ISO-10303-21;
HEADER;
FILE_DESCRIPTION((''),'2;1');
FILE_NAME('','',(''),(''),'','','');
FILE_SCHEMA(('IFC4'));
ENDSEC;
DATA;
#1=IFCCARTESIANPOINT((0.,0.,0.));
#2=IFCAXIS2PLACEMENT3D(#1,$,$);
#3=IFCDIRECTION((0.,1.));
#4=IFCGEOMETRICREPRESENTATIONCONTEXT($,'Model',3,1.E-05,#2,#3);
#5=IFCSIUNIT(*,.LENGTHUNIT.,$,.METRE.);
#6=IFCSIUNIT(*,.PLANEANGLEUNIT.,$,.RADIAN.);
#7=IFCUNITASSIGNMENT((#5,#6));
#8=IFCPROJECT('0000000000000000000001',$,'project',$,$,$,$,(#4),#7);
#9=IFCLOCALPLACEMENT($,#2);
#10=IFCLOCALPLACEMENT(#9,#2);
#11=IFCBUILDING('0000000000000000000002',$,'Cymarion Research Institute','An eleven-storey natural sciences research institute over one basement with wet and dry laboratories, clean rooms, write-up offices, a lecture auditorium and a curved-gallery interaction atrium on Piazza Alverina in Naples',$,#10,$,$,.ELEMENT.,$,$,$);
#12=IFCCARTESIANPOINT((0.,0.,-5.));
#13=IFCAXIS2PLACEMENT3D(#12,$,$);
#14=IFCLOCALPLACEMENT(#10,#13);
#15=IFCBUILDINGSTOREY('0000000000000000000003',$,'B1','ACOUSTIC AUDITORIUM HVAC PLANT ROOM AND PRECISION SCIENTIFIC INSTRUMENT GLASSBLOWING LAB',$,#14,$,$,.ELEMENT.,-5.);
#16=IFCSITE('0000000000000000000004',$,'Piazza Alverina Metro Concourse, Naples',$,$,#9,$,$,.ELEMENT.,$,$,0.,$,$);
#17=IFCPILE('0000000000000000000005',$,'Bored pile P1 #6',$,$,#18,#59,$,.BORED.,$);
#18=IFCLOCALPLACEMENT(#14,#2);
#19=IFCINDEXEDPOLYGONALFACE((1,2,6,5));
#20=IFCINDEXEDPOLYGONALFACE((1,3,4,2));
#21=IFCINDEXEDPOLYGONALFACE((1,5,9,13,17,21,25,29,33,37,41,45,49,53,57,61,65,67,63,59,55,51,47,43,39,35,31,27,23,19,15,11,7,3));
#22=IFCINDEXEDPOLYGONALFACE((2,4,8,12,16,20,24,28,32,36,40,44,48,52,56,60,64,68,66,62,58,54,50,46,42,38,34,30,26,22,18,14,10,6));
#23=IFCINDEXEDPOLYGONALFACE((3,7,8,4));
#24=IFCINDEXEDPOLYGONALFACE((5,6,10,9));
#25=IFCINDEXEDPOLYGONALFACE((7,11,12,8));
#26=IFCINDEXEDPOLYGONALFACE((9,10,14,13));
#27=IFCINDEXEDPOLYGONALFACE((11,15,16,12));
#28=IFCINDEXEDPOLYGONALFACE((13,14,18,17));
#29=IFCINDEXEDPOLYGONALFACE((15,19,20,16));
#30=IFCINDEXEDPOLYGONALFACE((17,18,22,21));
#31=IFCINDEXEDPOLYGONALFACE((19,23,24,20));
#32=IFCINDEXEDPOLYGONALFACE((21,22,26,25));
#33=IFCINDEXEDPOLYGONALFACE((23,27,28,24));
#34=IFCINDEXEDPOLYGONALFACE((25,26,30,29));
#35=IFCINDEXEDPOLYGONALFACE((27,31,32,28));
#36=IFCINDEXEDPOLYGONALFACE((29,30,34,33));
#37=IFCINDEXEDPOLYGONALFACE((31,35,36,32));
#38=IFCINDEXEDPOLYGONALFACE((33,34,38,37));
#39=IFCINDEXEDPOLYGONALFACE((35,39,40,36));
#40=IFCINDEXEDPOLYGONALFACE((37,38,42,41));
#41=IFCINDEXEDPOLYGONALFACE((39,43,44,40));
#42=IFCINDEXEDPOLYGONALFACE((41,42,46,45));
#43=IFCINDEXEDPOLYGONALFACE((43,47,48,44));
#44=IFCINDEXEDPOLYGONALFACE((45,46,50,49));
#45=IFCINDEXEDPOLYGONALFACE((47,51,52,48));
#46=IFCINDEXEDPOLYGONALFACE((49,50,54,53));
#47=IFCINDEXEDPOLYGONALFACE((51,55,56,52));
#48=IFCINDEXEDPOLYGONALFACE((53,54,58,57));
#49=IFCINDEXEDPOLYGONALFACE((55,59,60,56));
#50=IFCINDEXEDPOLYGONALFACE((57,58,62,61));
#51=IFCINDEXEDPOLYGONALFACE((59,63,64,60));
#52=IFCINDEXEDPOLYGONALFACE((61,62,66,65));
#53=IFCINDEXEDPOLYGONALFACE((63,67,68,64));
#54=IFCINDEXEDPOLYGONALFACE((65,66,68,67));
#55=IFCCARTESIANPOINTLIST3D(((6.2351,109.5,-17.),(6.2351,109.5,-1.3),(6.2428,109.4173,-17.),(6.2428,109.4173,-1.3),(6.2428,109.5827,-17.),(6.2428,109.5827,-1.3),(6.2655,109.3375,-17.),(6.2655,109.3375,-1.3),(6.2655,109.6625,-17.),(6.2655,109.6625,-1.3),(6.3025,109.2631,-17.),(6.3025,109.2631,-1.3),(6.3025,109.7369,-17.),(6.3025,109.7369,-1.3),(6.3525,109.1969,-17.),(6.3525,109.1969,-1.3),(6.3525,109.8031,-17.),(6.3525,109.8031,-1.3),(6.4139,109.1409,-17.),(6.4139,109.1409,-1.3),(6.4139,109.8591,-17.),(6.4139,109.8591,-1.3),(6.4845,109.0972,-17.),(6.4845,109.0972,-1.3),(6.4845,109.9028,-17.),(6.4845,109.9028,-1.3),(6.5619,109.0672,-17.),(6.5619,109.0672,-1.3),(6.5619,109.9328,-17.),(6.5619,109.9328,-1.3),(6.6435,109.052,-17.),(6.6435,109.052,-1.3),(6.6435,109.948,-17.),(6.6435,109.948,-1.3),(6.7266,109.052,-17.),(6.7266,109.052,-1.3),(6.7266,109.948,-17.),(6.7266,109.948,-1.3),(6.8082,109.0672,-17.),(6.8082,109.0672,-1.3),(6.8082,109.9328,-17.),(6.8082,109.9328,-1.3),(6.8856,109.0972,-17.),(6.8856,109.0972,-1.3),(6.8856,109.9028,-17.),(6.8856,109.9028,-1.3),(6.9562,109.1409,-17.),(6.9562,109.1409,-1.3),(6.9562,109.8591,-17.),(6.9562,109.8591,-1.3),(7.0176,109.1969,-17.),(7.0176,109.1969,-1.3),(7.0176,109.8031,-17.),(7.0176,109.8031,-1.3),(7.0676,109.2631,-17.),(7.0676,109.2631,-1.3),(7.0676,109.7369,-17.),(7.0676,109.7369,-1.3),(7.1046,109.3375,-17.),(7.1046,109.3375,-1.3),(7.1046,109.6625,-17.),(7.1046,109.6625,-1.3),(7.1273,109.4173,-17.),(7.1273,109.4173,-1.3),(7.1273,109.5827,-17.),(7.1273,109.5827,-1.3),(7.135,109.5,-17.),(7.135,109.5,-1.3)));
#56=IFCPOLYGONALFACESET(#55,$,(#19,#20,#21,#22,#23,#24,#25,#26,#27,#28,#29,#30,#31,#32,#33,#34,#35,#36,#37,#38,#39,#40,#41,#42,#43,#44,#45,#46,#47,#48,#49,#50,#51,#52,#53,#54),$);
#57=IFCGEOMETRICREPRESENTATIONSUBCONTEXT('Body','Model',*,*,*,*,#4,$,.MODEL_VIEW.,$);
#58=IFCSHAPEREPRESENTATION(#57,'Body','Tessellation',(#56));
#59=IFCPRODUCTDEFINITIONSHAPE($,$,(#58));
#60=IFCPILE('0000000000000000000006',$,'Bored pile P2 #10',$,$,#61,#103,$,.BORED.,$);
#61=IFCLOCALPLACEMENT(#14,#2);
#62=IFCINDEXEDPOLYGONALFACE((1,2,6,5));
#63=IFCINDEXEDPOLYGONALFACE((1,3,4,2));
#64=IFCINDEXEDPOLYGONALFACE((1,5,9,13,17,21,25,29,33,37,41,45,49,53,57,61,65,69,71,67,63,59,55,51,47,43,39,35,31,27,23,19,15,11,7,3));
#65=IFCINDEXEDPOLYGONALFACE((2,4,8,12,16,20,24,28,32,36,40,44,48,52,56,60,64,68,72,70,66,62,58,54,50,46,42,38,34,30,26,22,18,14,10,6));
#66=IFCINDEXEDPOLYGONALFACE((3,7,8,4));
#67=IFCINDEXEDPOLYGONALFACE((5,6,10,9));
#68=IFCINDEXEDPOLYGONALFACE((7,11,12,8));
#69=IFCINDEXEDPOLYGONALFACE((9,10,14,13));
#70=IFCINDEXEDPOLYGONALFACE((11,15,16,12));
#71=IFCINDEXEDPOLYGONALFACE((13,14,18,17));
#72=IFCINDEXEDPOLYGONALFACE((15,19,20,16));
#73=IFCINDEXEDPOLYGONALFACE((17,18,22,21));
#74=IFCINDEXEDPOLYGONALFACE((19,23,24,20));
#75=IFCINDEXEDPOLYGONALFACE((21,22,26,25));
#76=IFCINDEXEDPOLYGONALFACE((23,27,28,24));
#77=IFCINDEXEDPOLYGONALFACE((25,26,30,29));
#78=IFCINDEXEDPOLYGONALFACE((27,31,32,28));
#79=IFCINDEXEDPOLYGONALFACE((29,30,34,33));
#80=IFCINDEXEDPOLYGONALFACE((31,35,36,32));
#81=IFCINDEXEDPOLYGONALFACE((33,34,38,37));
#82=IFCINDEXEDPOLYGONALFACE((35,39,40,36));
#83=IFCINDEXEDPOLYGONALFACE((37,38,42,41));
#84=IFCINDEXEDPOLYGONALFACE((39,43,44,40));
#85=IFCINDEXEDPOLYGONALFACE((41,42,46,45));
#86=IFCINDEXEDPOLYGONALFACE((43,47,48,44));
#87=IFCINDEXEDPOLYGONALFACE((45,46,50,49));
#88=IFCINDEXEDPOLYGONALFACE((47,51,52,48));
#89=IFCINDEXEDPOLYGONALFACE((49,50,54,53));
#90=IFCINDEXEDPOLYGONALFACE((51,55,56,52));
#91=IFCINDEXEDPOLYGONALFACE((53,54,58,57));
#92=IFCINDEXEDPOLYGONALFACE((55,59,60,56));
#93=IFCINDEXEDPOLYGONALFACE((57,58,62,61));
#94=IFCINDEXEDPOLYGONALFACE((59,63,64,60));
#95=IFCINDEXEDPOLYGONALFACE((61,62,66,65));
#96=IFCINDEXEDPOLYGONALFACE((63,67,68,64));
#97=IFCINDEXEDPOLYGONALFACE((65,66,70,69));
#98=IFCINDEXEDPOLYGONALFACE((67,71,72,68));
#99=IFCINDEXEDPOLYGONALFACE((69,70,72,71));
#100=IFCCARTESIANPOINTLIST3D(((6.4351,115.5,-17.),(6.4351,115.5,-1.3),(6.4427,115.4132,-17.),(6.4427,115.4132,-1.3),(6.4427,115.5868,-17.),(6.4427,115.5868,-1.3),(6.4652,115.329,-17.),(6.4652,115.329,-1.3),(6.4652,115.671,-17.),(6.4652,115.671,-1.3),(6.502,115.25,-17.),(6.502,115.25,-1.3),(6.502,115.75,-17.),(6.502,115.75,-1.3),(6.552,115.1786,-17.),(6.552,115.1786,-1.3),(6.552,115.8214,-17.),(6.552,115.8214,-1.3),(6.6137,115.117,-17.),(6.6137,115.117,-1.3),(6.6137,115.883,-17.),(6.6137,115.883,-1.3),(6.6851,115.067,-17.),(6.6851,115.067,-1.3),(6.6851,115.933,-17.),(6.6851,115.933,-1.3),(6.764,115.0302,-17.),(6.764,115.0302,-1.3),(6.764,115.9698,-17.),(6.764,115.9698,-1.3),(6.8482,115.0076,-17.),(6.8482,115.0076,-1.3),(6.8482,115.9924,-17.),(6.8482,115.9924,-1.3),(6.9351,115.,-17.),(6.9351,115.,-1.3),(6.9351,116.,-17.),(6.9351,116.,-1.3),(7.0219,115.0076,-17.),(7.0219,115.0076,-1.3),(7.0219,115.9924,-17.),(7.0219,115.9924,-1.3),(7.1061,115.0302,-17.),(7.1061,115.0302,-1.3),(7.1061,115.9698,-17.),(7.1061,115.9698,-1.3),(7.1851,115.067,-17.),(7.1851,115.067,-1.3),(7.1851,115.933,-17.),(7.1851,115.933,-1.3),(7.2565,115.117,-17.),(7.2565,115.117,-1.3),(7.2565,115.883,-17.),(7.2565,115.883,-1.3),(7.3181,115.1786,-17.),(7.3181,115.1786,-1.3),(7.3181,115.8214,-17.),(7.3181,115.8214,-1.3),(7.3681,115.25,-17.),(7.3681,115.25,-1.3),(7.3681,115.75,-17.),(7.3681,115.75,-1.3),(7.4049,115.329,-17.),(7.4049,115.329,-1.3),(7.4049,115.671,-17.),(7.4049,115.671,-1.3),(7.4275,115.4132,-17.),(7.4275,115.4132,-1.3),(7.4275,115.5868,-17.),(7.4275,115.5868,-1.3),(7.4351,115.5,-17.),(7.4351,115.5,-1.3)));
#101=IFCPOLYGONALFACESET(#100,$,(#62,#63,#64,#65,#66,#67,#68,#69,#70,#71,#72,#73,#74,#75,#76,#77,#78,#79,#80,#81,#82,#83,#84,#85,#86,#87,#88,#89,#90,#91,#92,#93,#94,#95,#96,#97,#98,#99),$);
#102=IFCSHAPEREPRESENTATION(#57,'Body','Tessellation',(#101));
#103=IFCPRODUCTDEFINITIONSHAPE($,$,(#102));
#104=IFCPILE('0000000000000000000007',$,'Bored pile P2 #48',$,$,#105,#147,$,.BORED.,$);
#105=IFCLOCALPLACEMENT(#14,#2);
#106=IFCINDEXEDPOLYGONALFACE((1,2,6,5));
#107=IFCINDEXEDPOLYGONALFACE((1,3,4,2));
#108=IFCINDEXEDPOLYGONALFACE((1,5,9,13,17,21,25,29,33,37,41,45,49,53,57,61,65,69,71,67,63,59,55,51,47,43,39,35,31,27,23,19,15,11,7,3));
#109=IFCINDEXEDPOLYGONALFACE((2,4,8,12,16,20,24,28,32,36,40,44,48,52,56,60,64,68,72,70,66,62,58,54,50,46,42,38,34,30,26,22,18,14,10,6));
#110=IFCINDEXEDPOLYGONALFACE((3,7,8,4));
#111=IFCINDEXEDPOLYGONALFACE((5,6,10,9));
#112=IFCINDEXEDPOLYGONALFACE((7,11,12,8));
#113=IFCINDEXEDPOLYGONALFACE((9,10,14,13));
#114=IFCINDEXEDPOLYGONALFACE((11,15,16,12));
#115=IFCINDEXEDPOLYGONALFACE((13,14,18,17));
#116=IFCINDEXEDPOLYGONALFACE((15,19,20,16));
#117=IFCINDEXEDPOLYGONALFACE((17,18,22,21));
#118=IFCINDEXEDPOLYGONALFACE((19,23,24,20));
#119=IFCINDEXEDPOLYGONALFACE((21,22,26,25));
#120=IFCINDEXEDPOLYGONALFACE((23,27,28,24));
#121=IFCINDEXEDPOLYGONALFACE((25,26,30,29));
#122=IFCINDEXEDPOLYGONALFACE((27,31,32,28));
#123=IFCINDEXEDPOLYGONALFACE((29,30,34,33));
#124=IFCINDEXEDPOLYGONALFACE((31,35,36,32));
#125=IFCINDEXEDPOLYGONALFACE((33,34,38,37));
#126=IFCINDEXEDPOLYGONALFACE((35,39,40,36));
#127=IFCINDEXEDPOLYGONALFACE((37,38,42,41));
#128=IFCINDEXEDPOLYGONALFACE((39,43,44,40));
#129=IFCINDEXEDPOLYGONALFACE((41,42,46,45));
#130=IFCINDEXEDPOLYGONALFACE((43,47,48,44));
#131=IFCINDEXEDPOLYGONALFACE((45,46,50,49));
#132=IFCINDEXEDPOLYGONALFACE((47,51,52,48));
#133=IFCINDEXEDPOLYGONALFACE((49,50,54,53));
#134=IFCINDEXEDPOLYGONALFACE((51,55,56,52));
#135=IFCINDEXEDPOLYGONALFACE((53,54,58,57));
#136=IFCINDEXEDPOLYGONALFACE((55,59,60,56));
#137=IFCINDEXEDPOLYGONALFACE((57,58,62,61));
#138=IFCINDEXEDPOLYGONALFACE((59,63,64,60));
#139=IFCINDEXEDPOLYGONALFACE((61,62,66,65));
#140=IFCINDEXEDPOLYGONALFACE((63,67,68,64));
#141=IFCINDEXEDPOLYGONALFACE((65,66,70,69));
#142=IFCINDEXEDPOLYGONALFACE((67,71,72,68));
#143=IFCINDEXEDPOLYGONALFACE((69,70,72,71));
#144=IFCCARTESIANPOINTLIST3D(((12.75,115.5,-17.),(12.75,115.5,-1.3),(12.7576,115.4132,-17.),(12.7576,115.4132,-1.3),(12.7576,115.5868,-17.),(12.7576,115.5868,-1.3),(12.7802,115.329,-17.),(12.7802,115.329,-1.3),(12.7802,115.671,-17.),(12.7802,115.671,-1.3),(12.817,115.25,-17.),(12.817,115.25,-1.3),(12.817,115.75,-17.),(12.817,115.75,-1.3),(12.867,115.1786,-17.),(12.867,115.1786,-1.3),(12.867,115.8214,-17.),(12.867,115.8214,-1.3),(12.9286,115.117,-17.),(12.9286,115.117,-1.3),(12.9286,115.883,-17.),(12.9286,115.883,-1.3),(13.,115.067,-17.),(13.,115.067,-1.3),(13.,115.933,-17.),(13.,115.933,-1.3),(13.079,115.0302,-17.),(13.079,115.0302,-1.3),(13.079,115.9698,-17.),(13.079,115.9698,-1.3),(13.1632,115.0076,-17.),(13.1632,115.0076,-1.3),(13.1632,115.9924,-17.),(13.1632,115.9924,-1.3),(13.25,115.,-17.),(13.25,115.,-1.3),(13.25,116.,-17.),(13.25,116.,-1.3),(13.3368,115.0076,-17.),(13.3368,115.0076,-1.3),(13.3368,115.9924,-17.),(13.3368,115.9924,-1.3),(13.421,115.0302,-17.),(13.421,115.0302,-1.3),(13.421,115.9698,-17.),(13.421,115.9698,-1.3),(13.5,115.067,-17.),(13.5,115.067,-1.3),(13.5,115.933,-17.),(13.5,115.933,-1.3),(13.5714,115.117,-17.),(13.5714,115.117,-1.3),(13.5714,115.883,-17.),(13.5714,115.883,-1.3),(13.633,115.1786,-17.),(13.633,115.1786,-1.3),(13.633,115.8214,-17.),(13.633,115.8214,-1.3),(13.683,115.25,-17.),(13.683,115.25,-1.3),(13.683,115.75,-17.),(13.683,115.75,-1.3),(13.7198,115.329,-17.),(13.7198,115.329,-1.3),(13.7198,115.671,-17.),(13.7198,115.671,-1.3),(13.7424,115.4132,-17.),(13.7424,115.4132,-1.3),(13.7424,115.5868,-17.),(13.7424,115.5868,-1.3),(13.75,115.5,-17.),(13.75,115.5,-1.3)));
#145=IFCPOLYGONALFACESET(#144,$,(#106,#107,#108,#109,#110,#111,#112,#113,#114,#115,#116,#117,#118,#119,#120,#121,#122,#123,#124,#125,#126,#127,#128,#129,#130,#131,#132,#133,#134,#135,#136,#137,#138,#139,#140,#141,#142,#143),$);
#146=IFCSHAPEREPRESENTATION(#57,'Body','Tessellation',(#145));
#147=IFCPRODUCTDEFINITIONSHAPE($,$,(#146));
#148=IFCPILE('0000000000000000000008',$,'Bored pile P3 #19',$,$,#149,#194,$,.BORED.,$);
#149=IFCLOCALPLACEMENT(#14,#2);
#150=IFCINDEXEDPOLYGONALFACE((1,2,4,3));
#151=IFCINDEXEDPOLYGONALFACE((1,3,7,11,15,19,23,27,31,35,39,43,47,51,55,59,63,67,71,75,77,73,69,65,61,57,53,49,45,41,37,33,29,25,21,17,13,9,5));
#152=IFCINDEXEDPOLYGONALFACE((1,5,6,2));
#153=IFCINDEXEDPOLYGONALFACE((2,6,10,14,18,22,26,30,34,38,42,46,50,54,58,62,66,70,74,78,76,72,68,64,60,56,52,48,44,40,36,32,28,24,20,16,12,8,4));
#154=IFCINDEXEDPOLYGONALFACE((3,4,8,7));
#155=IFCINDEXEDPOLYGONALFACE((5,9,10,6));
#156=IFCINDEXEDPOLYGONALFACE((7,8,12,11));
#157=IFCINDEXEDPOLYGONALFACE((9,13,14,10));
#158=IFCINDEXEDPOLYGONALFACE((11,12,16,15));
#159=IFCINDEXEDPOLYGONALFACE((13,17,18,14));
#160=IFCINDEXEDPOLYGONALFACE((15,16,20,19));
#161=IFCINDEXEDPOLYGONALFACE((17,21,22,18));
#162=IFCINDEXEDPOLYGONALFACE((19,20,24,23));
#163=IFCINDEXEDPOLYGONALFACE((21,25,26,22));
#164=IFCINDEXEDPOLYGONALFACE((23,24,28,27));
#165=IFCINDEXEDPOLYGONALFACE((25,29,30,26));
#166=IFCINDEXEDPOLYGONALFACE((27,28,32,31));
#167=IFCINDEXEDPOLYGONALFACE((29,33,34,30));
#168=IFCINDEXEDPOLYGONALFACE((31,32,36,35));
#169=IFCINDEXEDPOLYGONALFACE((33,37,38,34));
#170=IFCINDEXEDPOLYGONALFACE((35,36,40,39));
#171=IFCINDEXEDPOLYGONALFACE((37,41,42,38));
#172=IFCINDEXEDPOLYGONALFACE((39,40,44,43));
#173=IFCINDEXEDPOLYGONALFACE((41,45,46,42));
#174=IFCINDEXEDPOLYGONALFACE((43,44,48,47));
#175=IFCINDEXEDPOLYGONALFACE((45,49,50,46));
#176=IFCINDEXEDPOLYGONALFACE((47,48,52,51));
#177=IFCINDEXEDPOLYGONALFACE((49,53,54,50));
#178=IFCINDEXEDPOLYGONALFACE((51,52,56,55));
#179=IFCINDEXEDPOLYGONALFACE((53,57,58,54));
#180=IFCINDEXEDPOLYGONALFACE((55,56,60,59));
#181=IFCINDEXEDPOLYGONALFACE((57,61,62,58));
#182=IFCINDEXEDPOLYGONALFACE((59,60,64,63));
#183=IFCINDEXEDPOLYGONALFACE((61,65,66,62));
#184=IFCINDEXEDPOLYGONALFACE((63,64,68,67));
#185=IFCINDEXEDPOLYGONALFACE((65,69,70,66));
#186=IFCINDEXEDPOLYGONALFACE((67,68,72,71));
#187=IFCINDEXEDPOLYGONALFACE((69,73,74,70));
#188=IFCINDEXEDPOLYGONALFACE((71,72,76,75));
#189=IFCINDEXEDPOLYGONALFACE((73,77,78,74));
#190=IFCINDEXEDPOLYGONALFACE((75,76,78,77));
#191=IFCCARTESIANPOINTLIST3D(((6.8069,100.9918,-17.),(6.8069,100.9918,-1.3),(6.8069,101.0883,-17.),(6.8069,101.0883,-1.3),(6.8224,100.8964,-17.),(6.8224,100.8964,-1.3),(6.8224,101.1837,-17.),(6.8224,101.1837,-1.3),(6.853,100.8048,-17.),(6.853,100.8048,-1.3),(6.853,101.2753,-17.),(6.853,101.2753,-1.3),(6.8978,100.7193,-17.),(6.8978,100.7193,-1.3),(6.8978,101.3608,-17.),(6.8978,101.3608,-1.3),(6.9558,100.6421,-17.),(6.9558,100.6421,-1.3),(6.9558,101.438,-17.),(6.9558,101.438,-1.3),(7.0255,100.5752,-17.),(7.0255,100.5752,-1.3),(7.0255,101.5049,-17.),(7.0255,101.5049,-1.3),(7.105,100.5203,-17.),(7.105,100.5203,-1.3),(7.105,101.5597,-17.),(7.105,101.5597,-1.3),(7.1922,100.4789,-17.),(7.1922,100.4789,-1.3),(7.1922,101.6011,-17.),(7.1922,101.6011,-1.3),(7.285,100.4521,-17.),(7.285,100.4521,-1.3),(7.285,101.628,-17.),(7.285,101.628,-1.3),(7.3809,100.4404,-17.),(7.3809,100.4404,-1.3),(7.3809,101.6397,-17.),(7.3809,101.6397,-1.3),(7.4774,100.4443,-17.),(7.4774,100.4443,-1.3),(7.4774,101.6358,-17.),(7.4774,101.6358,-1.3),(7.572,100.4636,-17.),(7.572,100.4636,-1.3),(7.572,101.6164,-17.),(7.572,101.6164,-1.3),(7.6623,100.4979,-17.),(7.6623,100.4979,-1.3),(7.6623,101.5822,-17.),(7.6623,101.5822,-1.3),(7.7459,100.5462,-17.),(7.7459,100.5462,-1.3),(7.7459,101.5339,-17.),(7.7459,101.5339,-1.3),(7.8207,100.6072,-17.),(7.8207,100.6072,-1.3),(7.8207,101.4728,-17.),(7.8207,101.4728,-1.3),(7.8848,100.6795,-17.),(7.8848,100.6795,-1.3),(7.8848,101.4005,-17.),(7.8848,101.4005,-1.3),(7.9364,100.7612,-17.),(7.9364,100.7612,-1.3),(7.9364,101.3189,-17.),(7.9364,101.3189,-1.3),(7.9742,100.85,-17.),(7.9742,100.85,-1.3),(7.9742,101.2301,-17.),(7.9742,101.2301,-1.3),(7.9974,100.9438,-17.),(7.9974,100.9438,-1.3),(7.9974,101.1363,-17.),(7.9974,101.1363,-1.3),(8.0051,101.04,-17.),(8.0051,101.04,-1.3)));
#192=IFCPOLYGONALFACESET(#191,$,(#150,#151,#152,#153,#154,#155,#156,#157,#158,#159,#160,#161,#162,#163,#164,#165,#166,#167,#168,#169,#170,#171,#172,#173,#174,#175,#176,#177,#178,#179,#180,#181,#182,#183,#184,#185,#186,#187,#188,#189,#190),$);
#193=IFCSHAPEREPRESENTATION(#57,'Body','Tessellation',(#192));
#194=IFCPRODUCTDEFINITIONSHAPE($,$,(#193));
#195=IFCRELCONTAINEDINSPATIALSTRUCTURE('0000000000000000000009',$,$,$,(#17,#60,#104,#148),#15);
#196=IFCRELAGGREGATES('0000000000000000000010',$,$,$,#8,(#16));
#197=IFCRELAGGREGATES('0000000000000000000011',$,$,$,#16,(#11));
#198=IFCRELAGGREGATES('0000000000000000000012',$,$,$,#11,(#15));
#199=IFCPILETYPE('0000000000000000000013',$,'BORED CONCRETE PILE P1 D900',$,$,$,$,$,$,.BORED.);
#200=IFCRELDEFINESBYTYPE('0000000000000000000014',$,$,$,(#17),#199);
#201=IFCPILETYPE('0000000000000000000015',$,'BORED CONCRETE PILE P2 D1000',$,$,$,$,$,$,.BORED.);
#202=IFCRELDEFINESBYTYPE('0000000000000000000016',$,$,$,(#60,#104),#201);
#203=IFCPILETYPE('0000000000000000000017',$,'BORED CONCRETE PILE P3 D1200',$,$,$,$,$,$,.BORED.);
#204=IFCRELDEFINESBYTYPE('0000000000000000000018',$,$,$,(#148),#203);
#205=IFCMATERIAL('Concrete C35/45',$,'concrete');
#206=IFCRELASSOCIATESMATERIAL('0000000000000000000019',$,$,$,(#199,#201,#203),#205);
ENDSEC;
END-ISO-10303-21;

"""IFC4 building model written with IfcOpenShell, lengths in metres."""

from ifc_helpers import new_model, si_unit, direction, frame, origin, origin_2d, place, context, subcontext, project, spatial, circle, extrude, material, material_profile, profile_set, type_object, element, save


model = new_model("IFC4")

# Units and contexts
model_context = context("Model", 3, precision=1e-05, world=origin(), true_north=direction((0.0, 1.0)))
body_context = subcontext(model_context, "Body", "Model", "MODEL_VIEW")
ifc_project = project(units=[si_unit("LENGTHUNIT", "METRE"), si_unit("PLANEANGLEUNIT", "RADIAN")], contexts=[model_context])

# Site, building, storey
site_placement = place(None, origin())
site = spatial("IfcSite", under=ifc_project, at=site_placement, Name="Piazza Alverina Metro Concourse, Naples", CompositionType="ELEMENT", RefElevation=0.0)
building_placement = place(site_placement, origin())
building = spatial("IfcBuilding", under=site, at=building_placement, Name="Cymarion Research Institute", Description="An eleven-storey natural sciences research institute over one basement with wet and dry laboratories, clean rooms, write-up offices, a lecture auditorium and a curved-gallery interaction atrium on Piazza Alverina in Naples", CompositionType="ELEMENT")
storey_placement = place(building_placement, frame((0.0, 0.0, -5.0)))
storey = spatial("IfcBuildingStorey", under=building, at=storey_placement, Name="B1", Description="ACOUSTIC AUDITORIUM HVAC PLANT ROOM AND PRECISION SCIENTIFIC INSTRUMENT GLASSBLOWING LAB", CompositionType="ELEMENT", Elevation=-5.0)

# Piles
ifc_material_1 = material(Name="Concrete C35/45", Category="concrete")
ifc_material_profile_1 = material_profile(ifc_material_1, circle(Radius=0.45, at=origin_2d()), Name="BORED PILE D900")
ifc_profile_set_1 = profile_set([ifc_material_profile_1], Name="Concrete C35/45")
pile_type_1 = type_object("IfcPileType", Name="BORED CONCRETE PILE P1 D900", PredefinedType="BORED", material=ifc_profile_set_1)
pile_placement = place(storey_placement, frame((6.6851, 109.5, -1.3), z_axis=(0.0, 0.0, -1.0), x_axis=(1.0, 0.0, 0.0)))
element("IfcPile", 1, at=pile_placement, inside=storey, type_object=pile_type_1, Name="Bored pile P1 #6", PredefinedType="BORED", context=body_context, shape_type="SweptSolid", body=[
    extrude(circle(Radius=0.45, at=origin_2d()), origin(), (0.0, 0.0, 1.0), 15.7),
])
ifc_material_profile_2 = material_profile(ifc_material_1, circle(Radius=0.5, at=origin_2d()), Name="BORED PILE D1000")
ifc_profile_set_2 = profile_set([ifc_material_profile_2], Name="Concrete C35/45")
pile_type_2 = type_object("IfcPileType", Name="BORED CONCRETE PILE P2 D1000", PredefinedType="BORED", material=ifc_profile_set_2)
for number, where, z_axis, x_axis, name in (
    (2, (6.9351, 115.5, -1.3), (0.0, 0.0, -1.0), (1.0, 0.0, 0.0), "Bored pile P2 #10"),
    (3, (13.25, 115.5, -1.3), (0.0, 0.0, -1.0), (1.0, 0.0, 0.0), "Bored pile P2 #48"),
):
    element("IfcPile", number, at=place(storey_placement, frame(where, z_axis=z_axis, x_axis=x_axis)), inside=storey, type_object=pile_type_2, Name=name, PredefinedType="BORED", context=body_context, shape_type="SweptSolid", body=[
        extrude(circle(Radius=0.5, at=origin_2d()), origin(), (0.0, 0.0, 1.0), 15.7),
    ])
ifc_material_profile_3 = material_profile(ifc_material_1, circle(Radius=0.6001, at=origin_2d()), Name="BORED PILE D1200")
ifc_profile_set_3 = profile_set([ifc_material_profile_3], Name="Concrete C35/45")
pile_type_3 = type_object("IfcPileType", Name="BORED CONCRETE PILE P3 D1200", PredefinedType="BORED", material=ifc_profile_set_3)
for number, where, z_axis, x_axis, name in (
    (4, (7.405, 101.04, -1.3), (0.0, 0.0, -1.0), (1.0, 0.0, 0.0), "Bored pile P3 #19"),
):
    element("IfcPile", number, at=place(storey_placement, frame(where, z_axis=z_axis, x_axis=x_axis)), inside=storey, type_object=pile_type_3, Name=name, PredefinedType="BORED", context=body_context, shape_type="SweptSolid", body=[
        extrude(circle(Radius=0.6001, at=origin_2d()), origin(), (0.0, 0.0, 1.0), 15.7),
    ])

save(model, "model.ifc")
